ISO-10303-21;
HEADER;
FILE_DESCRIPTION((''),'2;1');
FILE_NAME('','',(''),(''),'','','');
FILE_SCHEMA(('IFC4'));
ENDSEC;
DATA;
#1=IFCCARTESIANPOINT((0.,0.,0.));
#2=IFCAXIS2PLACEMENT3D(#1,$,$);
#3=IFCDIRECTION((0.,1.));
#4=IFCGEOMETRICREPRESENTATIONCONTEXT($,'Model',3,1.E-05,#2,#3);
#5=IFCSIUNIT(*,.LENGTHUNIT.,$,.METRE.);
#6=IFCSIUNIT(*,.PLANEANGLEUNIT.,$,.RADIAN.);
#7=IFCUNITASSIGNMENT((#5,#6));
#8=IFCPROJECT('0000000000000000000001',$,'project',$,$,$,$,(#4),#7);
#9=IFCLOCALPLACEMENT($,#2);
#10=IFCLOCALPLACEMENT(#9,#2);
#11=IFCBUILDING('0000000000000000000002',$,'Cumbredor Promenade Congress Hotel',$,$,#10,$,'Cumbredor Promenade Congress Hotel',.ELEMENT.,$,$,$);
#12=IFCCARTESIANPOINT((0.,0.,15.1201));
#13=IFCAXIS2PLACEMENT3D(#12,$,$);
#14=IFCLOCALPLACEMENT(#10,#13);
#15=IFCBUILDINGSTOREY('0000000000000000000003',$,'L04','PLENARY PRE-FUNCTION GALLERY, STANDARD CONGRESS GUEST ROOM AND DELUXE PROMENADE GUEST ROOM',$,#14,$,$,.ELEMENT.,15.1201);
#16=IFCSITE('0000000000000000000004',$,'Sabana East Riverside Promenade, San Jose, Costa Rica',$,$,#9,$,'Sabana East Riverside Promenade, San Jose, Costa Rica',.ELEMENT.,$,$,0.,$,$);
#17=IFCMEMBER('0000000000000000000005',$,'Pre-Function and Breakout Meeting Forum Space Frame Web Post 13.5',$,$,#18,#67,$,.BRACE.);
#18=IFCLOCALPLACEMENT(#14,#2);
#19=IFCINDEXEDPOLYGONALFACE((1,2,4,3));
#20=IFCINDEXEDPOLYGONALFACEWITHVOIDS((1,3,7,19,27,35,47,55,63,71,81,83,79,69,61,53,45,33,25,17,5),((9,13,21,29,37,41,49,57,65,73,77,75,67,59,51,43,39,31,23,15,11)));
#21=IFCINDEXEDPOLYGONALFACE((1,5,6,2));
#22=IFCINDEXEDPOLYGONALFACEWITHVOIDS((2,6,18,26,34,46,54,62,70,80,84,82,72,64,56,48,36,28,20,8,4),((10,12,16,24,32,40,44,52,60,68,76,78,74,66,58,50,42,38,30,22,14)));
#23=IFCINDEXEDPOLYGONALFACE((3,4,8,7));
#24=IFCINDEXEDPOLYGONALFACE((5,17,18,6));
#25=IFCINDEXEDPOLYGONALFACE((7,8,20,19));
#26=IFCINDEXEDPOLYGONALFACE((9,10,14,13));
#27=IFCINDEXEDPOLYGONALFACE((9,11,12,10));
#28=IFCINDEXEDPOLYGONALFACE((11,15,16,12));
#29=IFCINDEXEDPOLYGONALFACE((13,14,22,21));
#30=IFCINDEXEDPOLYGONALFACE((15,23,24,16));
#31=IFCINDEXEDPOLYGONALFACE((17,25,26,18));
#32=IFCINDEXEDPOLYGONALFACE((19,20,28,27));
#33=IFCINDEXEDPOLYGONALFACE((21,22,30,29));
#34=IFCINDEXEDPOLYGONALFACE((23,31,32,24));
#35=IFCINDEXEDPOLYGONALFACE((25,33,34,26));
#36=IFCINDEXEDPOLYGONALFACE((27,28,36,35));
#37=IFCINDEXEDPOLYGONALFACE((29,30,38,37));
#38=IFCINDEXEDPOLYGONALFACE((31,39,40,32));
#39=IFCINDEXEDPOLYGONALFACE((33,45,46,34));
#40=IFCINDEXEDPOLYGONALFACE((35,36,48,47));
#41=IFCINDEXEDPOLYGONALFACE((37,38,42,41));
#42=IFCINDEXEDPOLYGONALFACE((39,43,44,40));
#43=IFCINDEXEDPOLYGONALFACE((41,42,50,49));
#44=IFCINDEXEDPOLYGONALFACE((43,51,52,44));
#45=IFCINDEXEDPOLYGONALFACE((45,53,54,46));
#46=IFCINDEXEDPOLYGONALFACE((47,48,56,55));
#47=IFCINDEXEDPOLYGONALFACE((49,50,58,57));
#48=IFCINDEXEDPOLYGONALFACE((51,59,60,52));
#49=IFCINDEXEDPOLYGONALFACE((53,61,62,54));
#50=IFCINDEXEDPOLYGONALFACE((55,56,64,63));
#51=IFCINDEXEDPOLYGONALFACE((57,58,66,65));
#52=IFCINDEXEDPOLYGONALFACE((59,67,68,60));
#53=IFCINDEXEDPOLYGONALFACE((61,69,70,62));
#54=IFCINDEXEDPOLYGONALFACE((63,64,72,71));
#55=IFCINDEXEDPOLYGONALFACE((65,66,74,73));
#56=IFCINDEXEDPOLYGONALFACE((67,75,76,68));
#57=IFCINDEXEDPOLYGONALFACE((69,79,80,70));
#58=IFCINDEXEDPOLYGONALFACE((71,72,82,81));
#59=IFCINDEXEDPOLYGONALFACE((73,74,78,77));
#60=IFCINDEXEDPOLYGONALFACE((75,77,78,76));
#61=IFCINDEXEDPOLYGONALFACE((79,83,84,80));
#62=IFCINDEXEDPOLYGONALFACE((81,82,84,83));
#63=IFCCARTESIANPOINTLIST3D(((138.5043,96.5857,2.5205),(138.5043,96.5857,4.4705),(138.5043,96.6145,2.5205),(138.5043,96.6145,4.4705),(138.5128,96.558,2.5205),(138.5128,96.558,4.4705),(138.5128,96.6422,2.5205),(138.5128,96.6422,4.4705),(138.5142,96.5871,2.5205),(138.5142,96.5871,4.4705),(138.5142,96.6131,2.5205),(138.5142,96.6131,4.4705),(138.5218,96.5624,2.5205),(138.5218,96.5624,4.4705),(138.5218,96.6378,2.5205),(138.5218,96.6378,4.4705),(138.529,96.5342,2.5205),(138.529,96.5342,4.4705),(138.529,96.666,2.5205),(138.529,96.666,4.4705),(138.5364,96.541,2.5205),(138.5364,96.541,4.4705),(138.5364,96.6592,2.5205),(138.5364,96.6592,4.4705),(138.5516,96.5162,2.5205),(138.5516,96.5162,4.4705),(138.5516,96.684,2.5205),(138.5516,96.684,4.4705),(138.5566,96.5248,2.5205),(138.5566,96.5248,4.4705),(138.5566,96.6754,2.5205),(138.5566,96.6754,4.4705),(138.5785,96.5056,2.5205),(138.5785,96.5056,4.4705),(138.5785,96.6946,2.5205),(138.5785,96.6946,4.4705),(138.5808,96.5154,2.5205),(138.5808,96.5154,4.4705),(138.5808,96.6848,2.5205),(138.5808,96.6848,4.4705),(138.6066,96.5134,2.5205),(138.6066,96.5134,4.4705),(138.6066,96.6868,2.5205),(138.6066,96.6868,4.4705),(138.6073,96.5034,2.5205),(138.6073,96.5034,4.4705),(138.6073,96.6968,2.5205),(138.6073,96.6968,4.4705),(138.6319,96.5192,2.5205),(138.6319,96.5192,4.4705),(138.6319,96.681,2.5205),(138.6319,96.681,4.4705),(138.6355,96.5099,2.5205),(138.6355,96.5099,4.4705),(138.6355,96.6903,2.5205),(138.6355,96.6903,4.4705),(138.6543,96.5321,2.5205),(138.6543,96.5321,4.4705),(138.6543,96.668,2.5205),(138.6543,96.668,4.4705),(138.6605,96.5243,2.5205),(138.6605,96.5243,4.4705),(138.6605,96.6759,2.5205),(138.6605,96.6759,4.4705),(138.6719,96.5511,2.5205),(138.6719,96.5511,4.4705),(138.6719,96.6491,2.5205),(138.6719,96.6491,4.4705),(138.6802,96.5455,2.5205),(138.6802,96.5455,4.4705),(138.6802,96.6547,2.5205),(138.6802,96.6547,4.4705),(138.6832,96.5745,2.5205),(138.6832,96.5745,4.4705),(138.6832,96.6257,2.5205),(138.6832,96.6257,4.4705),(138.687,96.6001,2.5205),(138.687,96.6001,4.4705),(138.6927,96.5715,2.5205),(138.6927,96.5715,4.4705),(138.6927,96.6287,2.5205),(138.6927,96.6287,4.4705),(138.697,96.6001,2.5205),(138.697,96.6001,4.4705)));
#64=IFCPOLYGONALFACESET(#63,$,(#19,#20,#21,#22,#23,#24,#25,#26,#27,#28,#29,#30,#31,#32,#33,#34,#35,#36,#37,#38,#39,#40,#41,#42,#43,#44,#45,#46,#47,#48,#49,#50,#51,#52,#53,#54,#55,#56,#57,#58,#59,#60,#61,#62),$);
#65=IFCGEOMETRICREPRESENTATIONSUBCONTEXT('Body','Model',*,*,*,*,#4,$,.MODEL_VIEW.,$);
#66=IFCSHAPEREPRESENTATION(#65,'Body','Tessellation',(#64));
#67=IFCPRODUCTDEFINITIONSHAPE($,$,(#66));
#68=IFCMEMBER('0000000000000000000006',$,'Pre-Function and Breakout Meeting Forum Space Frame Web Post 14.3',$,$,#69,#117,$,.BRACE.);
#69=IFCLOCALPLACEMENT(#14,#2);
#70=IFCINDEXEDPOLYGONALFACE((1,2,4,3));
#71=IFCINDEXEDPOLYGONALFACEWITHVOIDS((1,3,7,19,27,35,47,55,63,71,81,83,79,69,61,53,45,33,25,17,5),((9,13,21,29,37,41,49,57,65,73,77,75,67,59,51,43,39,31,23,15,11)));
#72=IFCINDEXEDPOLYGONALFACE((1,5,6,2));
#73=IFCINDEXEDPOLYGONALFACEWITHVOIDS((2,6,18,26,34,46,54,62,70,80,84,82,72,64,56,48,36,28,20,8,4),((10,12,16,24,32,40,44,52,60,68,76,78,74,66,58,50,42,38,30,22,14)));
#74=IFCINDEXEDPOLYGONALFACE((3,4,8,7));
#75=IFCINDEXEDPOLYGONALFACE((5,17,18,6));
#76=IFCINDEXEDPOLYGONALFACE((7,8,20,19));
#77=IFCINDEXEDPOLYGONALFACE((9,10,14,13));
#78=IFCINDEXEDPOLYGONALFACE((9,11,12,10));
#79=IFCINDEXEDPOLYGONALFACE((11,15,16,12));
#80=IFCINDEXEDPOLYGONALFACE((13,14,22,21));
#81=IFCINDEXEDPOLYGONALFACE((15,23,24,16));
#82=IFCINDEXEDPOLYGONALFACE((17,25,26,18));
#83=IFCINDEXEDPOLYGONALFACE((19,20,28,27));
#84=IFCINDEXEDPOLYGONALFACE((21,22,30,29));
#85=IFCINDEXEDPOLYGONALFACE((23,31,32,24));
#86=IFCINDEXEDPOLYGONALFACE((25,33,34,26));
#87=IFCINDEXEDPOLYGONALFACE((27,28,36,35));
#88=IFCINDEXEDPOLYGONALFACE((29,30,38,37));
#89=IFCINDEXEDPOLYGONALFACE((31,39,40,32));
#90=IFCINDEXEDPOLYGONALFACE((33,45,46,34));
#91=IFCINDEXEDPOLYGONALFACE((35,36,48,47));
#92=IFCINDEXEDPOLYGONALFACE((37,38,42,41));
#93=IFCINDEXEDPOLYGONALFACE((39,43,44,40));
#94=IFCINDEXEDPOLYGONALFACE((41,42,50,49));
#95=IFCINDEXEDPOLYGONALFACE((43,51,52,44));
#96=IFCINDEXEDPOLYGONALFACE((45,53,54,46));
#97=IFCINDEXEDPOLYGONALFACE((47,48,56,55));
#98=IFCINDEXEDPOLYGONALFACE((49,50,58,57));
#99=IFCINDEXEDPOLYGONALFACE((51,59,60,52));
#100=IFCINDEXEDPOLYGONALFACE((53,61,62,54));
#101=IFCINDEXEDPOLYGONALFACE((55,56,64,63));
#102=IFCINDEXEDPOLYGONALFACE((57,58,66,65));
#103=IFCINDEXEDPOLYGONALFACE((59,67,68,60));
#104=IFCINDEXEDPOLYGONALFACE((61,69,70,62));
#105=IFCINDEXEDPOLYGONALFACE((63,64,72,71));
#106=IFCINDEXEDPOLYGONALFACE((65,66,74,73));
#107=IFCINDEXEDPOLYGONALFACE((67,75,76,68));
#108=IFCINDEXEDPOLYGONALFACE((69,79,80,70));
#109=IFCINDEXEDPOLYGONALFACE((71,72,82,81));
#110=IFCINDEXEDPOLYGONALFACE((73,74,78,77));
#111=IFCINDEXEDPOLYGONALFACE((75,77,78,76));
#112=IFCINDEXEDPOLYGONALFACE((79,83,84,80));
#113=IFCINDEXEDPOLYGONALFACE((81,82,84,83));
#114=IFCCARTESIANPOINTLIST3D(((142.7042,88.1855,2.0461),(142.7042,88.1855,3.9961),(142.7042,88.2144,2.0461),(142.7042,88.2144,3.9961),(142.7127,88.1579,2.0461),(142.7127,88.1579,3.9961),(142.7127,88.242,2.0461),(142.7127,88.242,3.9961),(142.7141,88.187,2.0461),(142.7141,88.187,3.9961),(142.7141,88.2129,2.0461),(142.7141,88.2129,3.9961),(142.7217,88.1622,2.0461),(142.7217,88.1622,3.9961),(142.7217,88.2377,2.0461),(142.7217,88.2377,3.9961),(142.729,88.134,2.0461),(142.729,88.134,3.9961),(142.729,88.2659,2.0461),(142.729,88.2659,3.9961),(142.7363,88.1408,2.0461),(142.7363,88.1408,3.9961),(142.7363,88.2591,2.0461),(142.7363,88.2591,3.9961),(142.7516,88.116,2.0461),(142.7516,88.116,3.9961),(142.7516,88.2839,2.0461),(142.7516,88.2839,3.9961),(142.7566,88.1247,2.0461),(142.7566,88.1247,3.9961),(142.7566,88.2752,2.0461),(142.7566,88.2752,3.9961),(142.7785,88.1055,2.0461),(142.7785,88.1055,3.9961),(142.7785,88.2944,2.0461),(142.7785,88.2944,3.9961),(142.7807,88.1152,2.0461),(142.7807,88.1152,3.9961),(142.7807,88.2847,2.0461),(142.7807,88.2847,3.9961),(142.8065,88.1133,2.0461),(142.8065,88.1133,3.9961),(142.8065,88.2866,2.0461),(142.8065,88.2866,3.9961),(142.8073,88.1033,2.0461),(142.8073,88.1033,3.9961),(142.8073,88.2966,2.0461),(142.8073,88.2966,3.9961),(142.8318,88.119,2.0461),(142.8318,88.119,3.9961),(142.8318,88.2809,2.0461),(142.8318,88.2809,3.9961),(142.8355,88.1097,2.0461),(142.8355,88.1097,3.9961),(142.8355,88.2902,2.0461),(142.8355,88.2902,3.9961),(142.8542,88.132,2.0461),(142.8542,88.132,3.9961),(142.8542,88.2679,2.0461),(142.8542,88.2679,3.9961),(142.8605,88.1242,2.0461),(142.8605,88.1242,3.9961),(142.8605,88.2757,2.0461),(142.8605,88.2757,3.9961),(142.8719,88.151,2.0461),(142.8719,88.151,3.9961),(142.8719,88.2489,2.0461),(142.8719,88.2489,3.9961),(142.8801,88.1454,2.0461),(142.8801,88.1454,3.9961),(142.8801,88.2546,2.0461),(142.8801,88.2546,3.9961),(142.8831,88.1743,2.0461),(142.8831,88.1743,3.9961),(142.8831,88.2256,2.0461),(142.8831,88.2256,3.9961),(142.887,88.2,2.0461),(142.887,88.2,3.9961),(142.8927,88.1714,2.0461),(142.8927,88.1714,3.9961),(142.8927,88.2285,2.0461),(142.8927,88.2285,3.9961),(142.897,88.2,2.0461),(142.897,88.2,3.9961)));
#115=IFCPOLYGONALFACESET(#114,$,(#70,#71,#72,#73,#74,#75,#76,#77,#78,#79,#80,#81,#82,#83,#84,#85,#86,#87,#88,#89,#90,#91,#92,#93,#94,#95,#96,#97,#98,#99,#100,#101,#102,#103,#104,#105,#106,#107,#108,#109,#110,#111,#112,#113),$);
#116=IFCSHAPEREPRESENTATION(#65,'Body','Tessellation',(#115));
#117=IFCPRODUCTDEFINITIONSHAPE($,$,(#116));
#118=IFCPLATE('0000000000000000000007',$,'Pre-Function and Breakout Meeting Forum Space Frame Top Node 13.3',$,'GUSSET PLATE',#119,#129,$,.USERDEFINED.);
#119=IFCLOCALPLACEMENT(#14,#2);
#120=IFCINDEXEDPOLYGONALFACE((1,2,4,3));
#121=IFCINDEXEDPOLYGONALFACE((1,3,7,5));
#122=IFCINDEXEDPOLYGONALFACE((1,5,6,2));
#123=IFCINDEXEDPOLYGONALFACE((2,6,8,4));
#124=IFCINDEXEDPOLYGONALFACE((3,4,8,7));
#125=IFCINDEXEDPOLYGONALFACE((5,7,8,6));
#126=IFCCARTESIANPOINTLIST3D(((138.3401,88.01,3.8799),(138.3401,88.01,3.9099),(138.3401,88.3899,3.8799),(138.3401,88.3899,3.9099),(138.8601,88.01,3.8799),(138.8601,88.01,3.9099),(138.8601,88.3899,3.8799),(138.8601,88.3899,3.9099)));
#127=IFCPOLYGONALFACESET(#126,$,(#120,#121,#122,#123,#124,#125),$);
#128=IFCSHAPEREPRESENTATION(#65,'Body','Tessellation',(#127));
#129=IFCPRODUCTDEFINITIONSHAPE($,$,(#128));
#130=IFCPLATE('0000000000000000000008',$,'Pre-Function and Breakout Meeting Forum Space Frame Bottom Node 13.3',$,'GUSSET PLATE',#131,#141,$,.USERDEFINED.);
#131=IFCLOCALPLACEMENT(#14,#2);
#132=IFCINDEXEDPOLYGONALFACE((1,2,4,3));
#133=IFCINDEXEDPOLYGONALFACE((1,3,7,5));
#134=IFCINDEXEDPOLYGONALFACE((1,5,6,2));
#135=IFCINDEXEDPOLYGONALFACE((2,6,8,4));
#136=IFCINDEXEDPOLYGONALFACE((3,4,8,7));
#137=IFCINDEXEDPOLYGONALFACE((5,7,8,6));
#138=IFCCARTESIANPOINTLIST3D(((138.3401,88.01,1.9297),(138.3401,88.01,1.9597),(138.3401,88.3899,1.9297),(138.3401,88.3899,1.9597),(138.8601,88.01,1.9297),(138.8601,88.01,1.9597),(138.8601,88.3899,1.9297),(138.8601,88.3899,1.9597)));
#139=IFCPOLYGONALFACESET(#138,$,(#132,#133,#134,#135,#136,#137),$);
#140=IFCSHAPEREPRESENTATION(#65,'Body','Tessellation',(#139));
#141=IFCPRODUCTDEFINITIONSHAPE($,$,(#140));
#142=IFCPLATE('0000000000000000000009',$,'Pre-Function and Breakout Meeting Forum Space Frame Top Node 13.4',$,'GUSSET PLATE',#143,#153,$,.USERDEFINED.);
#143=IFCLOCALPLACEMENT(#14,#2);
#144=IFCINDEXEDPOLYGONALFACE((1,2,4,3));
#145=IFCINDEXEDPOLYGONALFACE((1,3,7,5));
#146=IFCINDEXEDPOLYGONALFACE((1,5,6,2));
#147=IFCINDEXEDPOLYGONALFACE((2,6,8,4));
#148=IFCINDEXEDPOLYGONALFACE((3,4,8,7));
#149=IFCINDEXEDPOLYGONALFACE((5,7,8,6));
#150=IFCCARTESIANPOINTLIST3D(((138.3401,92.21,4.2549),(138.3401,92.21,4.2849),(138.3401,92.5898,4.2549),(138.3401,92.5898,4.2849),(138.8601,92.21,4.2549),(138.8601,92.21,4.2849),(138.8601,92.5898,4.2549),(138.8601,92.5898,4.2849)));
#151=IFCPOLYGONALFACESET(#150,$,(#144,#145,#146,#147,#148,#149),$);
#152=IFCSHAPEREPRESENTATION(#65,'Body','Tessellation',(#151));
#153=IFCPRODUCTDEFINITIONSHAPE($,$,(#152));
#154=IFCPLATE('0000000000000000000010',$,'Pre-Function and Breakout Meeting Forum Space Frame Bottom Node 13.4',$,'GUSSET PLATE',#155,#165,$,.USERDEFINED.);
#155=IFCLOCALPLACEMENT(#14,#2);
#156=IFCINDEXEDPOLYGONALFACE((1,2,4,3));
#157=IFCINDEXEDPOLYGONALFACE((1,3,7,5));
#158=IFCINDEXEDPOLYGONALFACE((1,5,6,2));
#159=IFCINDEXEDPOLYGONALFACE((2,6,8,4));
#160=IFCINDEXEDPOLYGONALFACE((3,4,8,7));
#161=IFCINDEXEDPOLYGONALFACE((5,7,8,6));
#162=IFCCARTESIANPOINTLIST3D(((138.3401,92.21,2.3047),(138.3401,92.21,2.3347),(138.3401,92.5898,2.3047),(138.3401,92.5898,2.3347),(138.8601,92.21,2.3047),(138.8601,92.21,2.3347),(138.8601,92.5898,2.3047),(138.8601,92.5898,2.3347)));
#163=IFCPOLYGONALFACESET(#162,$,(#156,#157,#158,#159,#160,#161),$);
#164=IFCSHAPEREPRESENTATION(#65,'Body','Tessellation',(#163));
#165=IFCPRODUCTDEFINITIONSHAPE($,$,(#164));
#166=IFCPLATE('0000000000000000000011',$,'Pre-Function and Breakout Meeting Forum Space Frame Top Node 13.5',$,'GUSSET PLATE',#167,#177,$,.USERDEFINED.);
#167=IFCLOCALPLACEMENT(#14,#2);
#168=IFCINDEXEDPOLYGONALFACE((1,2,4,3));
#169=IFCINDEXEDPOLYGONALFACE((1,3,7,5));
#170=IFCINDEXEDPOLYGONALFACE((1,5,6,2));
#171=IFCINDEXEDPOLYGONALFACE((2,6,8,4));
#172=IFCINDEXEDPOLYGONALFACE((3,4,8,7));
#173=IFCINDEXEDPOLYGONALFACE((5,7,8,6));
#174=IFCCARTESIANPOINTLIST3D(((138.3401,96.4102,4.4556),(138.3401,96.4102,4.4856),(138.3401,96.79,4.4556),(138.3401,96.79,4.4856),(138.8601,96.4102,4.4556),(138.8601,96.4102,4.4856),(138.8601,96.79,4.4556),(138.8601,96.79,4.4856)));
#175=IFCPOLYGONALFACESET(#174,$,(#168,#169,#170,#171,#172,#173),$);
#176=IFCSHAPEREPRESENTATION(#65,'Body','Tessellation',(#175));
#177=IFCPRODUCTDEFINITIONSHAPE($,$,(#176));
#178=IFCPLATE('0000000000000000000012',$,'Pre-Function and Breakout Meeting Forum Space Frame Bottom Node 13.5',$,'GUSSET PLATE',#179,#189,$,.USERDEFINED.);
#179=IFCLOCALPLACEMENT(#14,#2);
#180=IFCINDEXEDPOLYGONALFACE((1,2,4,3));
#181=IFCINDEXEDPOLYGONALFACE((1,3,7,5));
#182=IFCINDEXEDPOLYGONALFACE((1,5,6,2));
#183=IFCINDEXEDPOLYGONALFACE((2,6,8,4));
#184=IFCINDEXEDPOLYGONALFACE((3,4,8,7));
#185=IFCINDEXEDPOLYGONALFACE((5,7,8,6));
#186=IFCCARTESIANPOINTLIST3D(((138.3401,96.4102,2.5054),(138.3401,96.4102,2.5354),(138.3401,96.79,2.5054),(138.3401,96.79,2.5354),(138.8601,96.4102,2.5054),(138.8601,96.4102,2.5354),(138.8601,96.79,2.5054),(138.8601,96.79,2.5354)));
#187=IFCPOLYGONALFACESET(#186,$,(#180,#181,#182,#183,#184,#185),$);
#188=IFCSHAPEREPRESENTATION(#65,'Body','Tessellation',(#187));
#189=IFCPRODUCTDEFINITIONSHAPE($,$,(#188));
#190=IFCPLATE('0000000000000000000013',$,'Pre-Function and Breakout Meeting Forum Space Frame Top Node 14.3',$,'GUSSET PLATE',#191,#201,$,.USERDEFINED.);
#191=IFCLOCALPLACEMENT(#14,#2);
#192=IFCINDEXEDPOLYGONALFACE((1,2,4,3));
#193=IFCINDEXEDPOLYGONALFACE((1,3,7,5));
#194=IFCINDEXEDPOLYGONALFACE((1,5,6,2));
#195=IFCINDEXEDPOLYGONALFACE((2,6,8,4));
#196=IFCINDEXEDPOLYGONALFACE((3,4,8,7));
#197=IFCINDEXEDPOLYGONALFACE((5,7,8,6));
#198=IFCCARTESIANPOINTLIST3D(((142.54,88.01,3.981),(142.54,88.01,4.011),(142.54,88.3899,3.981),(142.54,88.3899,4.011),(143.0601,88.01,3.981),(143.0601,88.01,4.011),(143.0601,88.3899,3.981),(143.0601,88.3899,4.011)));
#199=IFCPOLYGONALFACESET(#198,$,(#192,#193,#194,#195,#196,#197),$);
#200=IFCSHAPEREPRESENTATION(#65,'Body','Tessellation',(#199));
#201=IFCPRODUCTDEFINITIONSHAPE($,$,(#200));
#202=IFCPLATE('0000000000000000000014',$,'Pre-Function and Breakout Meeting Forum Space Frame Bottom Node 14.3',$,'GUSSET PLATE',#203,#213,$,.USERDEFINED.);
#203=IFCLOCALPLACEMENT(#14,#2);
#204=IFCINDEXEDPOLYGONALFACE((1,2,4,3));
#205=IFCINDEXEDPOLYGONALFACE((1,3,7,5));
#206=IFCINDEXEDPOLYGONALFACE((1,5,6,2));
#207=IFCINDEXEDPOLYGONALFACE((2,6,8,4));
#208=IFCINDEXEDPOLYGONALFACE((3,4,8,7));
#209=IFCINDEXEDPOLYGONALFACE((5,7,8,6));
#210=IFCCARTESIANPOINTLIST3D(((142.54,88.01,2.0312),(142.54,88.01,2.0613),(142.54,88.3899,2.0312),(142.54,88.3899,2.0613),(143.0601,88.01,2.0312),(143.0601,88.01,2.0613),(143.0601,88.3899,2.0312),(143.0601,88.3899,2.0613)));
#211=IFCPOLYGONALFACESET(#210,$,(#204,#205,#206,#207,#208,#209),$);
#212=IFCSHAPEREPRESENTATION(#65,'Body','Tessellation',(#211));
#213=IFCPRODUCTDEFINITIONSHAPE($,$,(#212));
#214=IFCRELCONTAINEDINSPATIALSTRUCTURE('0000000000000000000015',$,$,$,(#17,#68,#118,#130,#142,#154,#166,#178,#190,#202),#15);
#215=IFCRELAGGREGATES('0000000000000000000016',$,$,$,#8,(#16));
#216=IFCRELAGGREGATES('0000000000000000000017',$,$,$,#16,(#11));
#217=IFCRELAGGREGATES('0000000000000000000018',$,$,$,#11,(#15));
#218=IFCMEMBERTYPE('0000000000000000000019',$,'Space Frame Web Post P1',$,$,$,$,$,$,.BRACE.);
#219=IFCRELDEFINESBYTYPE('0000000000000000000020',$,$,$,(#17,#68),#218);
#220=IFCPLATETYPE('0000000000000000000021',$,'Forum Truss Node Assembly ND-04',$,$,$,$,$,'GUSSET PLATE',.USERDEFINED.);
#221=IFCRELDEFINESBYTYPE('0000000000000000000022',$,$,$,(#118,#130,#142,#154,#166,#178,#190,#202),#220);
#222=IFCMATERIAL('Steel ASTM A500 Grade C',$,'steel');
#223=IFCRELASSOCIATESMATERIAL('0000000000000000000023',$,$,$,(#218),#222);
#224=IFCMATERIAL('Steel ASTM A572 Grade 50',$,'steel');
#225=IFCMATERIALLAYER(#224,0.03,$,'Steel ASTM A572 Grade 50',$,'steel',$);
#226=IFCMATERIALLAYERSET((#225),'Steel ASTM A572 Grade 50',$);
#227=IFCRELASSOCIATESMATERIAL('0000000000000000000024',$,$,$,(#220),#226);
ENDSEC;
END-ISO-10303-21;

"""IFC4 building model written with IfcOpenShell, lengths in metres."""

from ifc_helpers import new_model, si_unit, direction, frame, origin, origin_2d, place, context, subcontext, project, spatial, rectangle, hollow_circle, extrude, material, layer, layer_set, material_profile, profile_set, type_object, element, save


model = new_model("IFC4")

# Units and contexts
model_context = context("Model", 3, precision=1e-05, world=origin(), true_north=direction((0.0, 1.0)))
body_context = subcontext(model_context, "Body", "Model", "MODEL_VIEW")
ifc_project = project(units=[si_unit("LENGTHUNIT", "METRE"), si_unit("PLANEANGLEUNIT", "RADIAN")], contexts=[model_context])

# Site, building, storey
site_placement = place(None, origin())
site = spatial("IfcSite", under=ifc_project, at=site_placement, Name="Sabana East Riverside Promenade, San Jose, Costa Rica", LongName="Sabana East Riverside Promenade, San Jose, Costa Rica", CompositionType="ELEMENT", RefElevation=0.0)
building_placement = place(site_placement, origin())
building = spatial("IfcBuilding", under=site, at=building_placement, Name="Cumbredor Promenade Congress Hotel", LongName="Cumbredor Promenade Congress Hotel", CompositionType="ELEMENT")
storey_placement = place(building_placement, frame((0.0, 0.0, 15.1201)))
storey = spatial("IfcBuildingStorey", under=building, at=storey_placement, Name="L04", Description="PLENARY PRE-FUNCTION GALLERY, STANDARD CONGRESS GUEST ROOM AND DELUXE PROMENADE GUEST ROOM", CompositionType="ELEMENT", Elevation=15.1201)

# Members
ifc_material_1 = material(Name="Steel ASTM A500 Grade C", Category="steel")
ifc_material_profile_1 = material_profile(ifc_material_1, hollow_circle(Radius=0.0969, WallThickness=0.01, at=origin_2d()), Name="CHS 193.7x10")
ifc_profile_set_1 = profile_set([ifc_material_profile_1], Name="Steel ASTM A500 Grade C")
member_type_1 = type_object("IfcMemberType", Name="Space Frame Web Post P1", PredefinedType="BRACE", material=ifc_profile_set_1)
for number, where, z_axis, x_axis, name in (
    (1, (138.6001, 96.6001, 2.5205), (0.0, 0.0, 1.0), (1.0, 0.0, 0.0), "Pre-Function and Breakout Meeting Forum Space Frame Web Post 13.5"),
    (2, (142.8, 88.2, 2.0461), (0.0, 0.0, 1.0), (1.0, 0.0, 0.0), "Pre-Function and Breakout Meeting Forum Space Frame Web Post 14.3"),
):
    element("IfcMember", number, at=place(storey_placement, frame(where, z_axis=z_axis, x_axis=x_axis)), inside=storey, type_object=member_type_1, Name=name, PredefinedType="BRACE", context=body_context, shape_type="SweptSolid", body=[
        extrude(hollow_circle(Radius=0.0969, WallThickness=0.01, at=origin_2d()), origin(), (0.0, 0.0, 1.0), 1.95),
    ])

# Plates
ifc_material_2 = material(Name="Steel ASTM A572 Grade 50", Category="steel")
ifc_layer = layer(ifc_material_2, 0.03, Name="Steel ASTM A572 Grade 50", Category="steel")
ifc_layer_set = layer_set([ifc_layer], Name="Steel ASTM A572 Grade 50")
plate_type = type_object("IfcPlateType", Name="Forum Truss Node Assembly ND-04", ElementType="GUSSET PLATE", PredefinedType="USERDEFINED", material=ifc_layer_set)
for number, where, z_axis, x_axis, name in (
    (3, (138.6001, 88.2, 3.8799), (0.0, 0.0, 1.0), (1.0, 0.0, 0.0), "Pre-Function and Breakout Meeting Forum Space Frame Top Node 13.3"),
    (4, (138.6001, 88.2, 1.9297), (0.0, 0.0, 1.0), (1.0, 0.0, 0.0), "Pre-Function and Breakout Meeting Forum Space Frame Bottom Node 13.3"),
    (5, (138.6001, 92.3999, 4.2549), (0.0, 0.0, 1.0), (1.0, 0.0, 0.0), "Pre-Function and Breakout Meeting Forum Space Frame Top Node 13.4"),
    (6, (138.6001, 92.3999, 2.3047), (0.0, 0.0, 1.0), (1.0, 0.0, 0.0), "Pre-Function and Breakout Meeting Forum Space Frame Bottom Node 13.4"),
    (7, (138.6001, 96.6001, 4.4556), (0.0, 0.0, 1.0), (1.0, 0.0, 0.0), "Pre-Function and Breakout Meeting Forum Space Frame Top Node 13.5"),
    (8, (138.6001, 96.6001, 2.5054), (0.0, 0.0, 1.0), (1.0, 0.0, 0.0), "Pre-Function and Breakout Meeting Forum Space Frame Bottom Node 13.5"),
    (9, (142.8, 88.2, 3.981), (0.0, 0.0, 1.0), (1.0, 0.0, 0.0), "Pre-Function and Breakout Meeting Forum Space Frame Top Node 14.3"),
    (10, (142.8, 88.2, 2.0312), (0.0, 0.0, 1.0), (1.0, 0.0, 0.0), "Pre-Function and Breakout Meeting Forum Space Frame Bottom Node 14.3"),
):
    element("IfcPlate", number, at=place(storey_placement, frame(where, z_axis=z_axis, x_axis=x_axis)), inside=storey, type_object=plate_type, Name=name, ObjectType="GUSSET PLATE", PredefinedType="USERDEFINED", context=body_context, shape_type="SweptSolid", body=[
        extrude(rectangle(XDim=0.52, YDim=0.3799, at=origin_2d()), origin(), (0.0, 0.0, 1.0), 0.03),
    ])

save(model, "model.ifc")
